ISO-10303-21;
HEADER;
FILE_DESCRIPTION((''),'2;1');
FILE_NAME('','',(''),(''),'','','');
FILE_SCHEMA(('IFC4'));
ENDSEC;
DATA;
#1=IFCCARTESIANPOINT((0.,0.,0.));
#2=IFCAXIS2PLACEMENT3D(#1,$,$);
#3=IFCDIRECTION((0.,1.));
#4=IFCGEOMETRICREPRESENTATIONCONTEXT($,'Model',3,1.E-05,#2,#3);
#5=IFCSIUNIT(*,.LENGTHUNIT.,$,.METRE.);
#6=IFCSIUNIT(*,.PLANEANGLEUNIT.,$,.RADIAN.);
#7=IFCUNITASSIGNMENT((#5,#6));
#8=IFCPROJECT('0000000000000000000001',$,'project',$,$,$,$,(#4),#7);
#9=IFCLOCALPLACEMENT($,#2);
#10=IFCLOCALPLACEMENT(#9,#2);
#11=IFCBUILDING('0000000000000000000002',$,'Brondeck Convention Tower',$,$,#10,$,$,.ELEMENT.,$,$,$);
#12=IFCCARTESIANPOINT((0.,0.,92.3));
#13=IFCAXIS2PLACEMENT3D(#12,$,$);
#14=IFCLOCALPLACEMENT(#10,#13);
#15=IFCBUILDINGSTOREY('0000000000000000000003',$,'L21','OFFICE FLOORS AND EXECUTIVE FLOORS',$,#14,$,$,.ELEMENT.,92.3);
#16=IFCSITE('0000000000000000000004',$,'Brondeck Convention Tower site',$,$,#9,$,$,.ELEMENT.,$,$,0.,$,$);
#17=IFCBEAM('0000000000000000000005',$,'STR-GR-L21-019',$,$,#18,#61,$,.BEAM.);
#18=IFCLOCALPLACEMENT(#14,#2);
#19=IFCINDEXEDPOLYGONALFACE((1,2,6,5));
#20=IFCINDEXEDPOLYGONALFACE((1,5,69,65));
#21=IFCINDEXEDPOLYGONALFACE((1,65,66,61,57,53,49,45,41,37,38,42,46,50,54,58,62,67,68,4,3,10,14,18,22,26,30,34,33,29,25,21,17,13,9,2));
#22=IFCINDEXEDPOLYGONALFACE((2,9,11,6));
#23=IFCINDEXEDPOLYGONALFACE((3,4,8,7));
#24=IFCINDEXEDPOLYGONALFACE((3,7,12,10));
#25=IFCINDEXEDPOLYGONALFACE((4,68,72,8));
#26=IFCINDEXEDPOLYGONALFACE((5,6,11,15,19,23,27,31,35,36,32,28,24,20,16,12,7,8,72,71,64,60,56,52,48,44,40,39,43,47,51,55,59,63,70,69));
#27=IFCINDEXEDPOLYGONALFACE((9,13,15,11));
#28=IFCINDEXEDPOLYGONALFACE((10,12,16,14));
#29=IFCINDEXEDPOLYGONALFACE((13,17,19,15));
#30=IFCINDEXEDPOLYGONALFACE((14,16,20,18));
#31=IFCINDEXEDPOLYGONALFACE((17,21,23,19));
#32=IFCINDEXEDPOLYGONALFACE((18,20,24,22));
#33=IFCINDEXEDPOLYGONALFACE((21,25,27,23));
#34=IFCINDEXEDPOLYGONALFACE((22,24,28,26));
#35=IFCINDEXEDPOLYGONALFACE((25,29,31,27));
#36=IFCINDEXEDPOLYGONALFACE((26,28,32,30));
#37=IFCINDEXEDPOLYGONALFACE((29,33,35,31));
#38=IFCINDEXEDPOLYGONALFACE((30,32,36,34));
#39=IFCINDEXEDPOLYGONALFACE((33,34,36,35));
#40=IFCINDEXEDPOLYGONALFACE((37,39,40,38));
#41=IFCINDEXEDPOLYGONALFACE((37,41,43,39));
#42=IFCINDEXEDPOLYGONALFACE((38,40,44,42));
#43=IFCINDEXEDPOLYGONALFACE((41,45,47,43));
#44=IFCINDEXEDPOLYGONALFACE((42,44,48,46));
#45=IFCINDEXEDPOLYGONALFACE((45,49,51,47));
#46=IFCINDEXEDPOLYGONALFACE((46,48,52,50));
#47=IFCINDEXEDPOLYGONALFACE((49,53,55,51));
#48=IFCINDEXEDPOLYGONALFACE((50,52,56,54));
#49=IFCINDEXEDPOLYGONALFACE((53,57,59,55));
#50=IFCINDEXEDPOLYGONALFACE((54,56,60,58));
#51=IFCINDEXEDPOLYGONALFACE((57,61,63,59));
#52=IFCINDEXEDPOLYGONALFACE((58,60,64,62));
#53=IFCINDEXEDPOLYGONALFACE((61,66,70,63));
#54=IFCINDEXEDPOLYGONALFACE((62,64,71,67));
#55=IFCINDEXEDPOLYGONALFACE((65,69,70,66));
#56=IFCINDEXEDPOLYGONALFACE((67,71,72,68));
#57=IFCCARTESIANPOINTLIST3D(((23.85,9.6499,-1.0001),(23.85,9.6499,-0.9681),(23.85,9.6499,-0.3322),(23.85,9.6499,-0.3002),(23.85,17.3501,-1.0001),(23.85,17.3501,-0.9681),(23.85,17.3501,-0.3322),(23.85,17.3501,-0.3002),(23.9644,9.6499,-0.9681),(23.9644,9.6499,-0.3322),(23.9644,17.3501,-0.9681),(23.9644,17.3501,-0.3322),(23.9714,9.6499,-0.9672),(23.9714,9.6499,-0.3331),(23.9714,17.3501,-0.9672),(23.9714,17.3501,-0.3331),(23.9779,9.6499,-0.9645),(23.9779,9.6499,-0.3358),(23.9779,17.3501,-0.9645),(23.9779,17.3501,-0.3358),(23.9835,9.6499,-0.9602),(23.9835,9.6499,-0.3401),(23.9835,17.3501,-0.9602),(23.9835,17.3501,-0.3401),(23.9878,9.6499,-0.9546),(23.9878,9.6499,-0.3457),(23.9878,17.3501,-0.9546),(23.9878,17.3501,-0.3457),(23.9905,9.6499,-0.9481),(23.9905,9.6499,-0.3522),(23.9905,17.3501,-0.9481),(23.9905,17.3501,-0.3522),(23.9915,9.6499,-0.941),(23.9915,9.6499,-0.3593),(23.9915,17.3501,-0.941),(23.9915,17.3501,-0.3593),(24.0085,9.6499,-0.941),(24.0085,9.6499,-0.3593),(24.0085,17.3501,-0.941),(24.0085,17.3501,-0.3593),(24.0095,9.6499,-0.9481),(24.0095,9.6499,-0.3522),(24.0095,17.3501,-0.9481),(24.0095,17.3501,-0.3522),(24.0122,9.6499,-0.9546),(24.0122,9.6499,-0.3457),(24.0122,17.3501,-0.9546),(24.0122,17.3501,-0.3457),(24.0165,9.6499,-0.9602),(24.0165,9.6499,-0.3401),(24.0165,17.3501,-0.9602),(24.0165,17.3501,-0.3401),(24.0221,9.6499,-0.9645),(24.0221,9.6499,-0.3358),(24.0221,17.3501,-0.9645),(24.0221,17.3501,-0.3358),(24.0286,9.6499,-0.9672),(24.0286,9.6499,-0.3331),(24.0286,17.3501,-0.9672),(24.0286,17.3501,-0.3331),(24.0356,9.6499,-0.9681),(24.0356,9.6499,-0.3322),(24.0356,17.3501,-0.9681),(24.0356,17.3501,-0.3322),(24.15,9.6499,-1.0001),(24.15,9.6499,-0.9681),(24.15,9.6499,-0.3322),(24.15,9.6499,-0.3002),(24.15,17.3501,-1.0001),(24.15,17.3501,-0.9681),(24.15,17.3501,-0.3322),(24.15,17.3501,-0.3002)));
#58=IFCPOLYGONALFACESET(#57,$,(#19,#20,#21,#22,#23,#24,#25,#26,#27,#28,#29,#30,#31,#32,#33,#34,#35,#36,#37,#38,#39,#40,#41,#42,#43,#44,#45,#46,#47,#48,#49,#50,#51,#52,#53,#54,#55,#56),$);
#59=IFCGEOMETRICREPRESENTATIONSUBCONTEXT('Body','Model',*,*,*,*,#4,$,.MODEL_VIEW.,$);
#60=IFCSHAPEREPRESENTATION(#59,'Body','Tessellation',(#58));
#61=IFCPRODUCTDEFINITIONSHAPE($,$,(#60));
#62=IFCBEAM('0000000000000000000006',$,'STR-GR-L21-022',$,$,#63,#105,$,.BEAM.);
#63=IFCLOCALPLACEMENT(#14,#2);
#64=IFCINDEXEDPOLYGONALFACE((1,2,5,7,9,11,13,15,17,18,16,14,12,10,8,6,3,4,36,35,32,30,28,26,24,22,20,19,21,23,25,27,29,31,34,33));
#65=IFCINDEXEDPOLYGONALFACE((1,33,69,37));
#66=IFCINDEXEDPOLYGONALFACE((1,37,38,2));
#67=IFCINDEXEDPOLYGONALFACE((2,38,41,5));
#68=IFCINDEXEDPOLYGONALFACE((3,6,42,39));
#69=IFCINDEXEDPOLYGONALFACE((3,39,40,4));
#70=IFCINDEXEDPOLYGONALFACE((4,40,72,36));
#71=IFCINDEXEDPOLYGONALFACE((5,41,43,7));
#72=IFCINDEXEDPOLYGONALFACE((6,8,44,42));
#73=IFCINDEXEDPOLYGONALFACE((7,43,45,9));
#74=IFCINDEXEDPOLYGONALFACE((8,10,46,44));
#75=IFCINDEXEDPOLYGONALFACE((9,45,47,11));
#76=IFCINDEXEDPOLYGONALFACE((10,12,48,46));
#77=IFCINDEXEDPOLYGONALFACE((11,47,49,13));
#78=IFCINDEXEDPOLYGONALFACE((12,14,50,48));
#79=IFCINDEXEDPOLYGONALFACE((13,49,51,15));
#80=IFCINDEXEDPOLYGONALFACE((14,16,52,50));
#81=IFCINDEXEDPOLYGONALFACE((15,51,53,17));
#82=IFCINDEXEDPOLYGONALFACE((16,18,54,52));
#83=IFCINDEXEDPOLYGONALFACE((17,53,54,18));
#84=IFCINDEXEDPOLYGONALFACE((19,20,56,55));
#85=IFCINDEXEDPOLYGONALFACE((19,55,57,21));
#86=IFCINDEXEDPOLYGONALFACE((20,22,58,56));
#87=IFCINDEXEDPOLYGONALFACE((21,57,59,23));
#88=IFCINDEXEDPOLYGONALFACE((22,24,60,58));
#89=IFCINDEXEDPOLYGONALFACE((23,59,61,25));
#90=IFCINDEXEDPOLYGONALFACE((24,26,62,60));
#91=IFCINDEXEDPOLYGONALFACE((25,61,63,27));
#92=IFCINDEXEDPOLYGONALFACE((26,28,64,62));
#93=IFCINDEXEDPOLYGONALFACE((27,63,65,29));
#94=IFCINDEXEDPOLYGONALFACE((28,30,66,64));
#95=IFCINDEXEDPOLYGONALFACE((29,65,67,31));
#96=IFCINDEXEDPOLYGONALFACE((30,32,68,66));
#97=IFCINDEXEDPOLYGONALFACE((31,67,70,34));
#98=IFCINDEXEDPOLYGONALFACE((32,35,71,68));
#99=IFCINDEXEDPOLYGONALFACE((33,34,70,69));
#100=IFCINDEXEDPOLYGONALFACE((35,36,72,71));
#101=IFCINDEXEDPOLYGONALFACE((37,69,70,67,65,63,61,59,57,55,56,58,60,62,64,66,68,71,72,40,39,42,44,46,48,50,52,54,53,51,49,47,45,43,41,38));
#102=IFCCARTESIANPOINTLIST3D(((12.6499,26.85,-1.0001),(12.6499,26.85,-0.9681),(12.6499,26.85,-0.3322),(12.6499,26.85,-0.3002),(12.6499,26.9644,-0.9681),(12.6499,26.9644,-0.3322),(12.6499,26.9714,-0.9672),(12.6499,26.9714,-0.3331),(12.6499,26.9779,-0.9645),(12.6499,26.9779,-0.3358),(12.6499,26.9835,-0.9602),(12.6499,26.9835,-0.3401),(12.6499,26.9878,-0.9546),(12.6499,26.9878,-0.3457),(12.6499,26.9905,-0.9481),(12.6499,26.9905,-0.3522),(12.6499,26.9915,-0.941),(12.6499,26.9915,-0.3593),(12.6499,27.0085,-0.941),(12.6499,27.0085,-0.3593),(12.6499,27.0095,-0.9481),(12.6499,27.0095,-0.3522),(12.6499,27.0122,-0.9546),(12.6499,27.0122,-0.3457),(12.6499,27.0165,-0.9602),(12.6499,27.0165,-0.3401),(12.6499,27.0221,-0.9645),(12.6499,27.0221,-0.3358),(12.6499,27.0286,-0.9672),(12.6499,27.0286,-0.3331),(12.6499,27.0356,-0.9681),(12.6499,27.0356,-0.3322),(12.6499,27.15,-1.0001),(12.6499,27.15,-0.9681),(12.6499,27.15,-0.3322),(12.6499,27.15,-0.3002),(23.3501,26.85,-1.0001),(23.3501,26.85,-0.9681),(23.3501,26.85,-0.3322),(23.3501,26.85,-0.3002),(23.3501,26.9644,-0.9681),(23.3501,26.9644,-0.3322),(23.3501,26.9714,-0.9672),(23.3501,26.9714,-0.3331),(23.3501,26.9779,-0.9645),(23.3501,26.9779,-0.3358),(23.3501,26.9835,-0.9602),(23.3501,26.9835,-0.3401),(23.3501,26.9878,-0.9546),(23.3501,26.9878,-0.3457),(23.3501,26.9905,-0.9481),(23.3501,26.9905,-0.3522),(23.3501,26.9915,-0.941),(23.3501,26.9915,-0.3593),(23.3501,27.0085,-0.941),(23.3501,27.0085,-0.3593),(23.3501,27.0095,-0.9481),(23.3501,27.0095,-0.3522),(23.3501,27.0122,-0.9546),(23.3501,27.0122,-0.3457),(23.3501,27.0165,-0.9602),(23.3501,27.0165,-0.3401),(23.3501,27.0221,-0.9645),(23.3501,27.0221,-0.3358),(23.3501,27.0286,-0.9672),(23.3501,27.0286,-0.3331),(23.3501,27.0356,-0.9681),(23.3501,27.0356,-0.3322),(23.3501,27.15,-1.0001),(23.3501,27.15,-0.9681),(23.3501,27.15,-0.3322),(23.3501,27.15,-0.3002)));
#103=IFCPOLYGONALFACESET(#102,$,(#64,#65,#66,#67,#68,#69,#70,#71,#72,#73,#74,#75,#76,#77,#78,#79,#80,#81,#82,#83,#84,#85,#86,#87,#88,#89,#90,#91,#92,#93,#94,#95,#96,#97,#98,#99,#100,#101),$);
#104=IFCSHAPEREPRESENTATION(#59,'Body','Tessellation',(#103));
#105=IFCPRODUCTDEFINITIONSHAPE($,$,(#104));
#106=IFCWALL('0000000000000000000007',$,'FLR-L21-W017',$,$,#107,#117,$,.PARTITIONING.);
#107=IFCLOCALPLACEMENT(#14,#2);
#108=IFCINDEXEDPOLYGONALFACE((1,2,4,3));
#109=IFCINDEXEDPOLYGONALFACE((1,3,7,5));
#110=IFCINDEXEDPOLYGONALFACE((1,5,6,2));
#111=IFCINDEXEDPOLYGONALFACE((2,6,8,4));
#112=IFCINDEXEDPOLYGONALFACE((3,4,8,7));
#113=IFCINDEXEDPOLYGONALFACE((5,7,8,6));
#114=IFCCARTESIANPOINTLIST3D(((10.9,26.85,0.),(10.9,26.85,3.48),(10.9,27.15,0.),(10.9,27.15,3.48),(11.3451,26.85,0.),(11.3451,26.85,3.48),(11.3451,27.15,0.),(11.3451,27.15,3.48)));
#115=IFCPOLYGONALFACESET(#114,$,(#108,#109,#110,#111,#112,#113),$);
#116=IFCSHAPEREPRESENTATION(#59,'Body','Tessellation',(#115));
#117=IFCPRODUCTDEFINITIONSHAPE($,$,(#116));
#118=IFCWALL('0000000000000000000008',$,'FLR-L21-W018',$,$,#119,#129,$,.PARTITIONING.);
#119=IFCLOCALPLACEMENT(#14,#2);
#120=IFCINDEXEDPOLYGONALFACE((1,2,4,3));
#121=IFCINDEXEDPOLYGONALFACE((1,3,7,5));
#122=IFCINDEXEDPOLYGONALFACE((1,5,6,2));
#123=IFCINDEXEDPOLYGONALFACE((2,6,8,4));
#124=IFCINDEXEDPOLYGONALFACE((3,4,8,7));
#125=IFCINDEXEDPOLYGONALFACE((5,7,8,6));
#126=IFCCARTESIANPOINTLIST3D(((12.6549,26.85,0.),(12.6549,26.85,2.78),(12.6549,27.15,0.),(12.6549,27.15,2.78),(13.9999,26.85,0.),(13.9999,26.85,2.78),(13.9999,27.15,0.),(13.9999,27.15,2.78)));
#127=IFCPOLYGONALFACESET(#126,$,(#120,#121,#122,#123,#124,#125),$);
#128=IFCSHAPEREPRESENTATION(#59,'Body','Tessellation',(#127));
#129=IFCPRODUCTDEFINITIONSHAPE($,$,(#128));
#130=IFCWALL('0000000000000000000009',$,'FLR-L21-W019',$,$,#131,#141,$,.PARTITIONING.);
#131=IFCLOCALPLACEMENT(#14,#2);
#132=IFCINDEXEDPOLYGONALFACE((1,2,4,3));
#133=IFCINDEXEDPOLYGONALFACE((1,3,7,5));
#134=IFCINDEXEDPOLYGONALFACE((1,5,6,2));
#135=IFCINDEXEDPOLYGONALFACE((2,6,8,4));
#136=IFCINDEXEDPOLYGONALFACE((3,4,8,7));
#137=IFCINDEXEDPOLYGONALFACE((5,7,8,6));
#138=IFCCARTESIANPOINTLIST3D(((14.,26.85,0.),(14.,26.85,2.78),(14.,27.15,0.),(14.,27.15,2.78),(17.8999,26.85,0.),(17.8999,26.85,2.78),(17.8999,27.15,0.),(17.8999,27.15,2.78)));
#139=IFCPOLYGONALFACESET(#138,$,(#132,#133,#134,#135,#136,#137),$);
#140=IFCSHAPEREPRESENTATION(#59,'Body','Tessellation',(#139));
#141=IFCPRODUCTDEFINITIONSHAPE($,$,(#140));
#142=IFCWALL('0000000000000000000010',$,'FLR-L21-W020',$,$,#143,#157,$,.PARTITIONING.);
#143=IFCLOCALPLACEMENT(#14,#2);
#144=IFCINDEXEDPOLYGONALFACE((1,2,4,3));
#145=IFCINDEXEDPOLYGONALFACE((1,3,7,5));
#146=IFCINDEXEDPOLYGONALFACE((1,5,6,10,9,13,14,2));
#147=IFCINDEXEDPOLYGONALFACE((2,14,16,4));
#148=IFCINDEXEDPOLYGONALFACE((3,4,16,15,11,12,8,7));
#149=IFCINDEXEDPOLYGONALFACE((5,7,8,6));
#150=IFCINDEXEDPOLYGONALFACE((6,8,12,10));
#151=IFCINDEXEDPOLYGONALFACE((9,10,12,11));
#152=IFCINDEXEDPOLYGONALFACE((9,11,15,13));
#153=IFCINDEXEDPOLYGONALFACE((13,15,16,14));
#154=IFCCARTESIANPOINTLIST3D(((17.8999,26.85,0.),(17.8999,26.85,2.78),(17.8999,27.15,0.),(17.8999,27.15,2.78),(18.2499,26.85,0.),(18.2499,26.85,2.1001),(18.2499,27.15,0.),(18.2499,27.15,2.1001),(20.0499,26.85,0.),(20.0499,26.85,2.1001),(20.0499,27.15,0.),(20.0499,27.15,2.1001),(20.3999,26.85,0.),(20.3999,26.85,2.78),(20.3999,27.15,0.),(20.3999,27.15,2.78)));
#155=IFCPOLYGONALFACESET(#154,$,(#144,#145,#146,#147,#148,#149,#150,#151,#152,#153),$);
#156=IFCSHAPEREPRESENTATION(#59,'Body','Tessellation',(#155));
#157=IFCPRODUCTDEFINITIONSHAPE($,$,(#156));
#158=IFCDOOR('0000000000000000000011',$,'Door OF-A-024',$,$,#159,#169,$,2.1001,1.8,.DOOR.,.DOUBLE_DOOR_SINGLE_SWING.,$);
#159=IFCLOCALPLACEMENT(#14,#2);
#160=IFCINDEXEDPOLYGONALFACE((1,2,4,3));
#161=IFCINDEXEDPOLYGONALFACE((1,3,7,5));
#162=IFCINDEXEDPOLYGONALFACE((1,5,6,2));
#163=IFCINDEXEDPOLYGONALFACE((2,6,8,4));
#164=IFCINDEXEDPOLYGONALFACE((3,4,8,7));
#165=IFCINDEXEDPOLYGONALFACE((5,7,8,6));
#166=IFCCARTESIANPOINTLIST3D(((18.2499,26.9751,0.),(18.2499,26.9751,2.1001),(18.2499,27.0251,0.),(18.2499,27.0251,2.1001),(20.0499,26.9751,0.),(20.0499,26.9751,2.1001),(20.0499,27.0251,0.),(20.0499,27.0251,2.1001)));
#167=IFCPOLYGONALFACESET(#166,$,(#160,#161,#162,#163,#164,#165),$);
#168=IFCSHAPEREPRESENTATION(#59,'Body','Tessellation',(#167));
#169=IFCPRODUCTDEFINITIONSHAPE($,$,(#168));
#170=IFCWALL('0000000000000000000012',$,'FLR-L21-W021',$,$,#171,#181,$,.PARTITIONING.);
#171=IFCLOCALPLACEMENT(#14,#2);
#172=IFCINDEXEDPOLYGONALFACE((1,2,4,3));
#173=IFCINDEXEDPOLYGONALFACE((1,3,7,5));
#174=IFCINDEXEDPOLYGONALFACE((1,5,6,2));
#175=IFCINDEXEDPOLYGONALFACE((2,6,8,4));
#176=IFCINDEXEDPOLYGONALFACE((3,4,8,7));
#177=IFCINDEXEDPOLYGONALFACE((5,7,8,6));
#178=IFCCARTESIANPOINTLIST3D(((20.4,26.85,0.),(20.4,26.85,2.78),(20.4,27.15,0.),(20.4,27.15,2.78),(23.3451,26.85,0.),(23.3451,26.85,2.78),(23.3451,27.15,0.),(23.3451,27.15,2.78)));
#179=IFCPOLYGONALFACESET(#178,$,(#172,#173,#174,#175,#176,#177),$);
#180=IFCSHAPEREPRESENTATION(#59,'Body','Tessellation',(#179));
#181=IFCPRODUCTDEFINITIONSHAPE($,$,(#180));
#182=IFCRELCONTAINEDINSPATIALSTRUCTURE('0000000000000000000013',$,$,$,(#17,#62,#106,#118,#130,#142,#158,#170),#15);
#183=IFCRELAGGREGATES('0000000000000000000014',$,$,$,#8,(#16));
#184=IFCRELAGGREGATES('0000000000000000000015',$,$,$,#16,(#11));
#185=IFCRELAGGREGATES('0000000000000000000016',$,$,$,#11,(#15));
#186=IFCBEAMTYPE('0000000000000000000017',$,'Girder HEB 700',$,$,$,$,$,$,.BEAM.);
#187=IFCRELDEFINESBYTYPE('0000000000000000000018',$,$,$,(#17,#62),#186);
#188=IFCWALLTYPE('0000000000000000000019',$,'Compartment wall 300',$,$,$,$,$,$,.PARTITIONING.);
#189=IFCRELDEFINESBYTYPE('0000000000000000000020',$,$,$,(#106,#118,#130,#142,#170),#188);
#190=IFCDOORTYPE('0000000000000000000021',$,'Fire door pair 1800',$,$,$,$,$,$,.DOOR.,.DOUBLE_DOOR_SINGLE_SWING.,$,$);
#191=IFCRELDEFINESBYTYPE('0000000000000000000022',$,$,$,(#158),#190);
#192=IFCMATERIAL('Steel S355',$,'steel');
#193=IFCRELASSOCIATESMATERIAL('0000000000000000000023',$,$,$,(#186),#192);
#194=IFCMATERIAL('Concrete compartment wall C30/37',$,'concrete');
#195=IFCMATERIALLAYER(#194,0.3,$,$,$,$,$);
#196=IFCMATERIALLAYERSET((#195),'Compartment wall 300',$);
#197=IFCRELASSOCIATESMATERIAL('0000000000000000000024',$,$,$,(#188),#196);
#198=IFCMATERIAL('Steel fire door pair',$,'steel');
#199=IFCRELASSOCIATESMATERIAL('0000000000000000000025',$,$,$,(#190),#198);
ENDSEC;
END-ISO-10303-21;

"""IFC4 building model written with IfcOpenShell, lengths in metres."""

from ifc_helpers import new_model, si_unit, direction, frame, frame_2d, origin, origin_2d, place, context, subcontext, project, spatial, rectangle, i_section, extrude, material, layer, layer_set, material_profile, profile_set, type_object, element, fill, save


model = new_model("IFC4")

# Units and contexts
model_context = context("Model", 3, precision=1e-05, world=origin(), true_north=direction((0.0, 1.0)))
body_context = subcontext(model_context, "Body", "Model", "MODEL_VIEW")
ifc_project = project(units=[si_unit("LENGTHUNIT", "METRE"), si_unit("PLANEANGLEUNIT", "RADIAN")], contexts=[model_context])

# Site, building, storey
site_placement = place(None, origin())
site = spatial("IfcSite", under=ifc_project, at=site_placement, Name="Brondeck Convention Tower site", CompositionType="ELEMENT", RefElevation=0.0)
building_placement = place(site_placement, origin())
building = spatial("IfcBuilding", under=site, at=building_placement, Name="Brondeck Convention Tower", CompositionType="ELEMENT")
storey_placement = place(building_placement, frame((0.0, 0.0, 92.3)))
storey = spatial("IfcBuildingStorey", under=building, at=storey_placement, Name="L21", Description="OFFICE FLOORS AND EXECUTIVE FLOORS", CompositionType="ELEMENT", Elevation=92.3)

# Beams
ifc_material_1 = material(Name="Steel S355", Category="steel")
ifc_material_profile_1 = material_profile(ifc_material_1, i_section(OverallWidth=0.3, OverallDepth=0.7, WebThickness=0.0171, FlangeThickness=0.032, FilletRadius=0.0271, at=origin_2d()), Name="HEB 700")
ifc_profile_set_1 = profile_set([ifc_material_profile_1], Name="Steel S355")
beam_type_1 = type_object("IfcBeamType", Name="Girder HEB 700", PredefinedType="BEAM", material=ifc_profile_set_1)
for number, where, z_axis, x_axis, name in (
    (1, (24.0, 17.3501, -0.6501), (0.0, -1.0, 0.0), (1.0, 0.0, 0.0), "STR-GR-L21-019"),
):
    element("IfcBeam", number, at=place(storey_placement, frame(where, z_axis=z_axis, x_axis=x_axis)), inside=storey, type_object=beam_type_1, Name=name, PredefinedType="BEAM", context=body_context, shape_type="SweptSolid", body=[
        extrude(i_section(OverallWidth=0.3, OverallDepth=0.7, WebThickness=0.0171, FlangeThickness=0.032, FilletRadius=0.0271, at=origin_2d()), origin(), (0.0, 0.0, 1.0), 7.7002),
    ])
beam_1_placement = place(storey_placement, frame((12.6499, 27.0, -0.6501), z_axis=(1.0, 0.0, 0.0), x_axis=(0.0, 1.0, 0.0)))
element("IfcBeam", 2, at=beam_1_placement, inside=storey, type_object=beam_type_1, Name="STR-GR-L21-022", PredefinedType="BEAM", context=body_context, shape_type="SweptSolid", body=[
    extrude(i_section(OverallWidth=0.3, OverallDepth=0.7, WebThickness=0.0171, FlangeThickness=0.032, FilletRadius=0.0271, at=origin_2d()), origin(), (0.0, 0.0, 1.0), 10.7002),
])

# Walls
ifc_material_2 = material(Name="Concrete compartment wall C30/37", Category="concrete")
ifc_layer_1 = layer(ifc_material_2, 0.3)
ifc_layer_set_1 = layer_set([ifc_layer_1], Name="Compartment wall 300")
wall_type_1 = type_object("IfcWallType", Name="Compartment wall 300", PredefinedType="PARTITIONING", material=ifc_layer_set_1)
wall_1_placement = place(storey_placement, frame((10.8999, 27.0, 0.0), z_axis=(0.0, 0.0, 1.0), x_axis=(1.0, 0.0, 0.0)))
element("IfcWall", 3, at=wall_1_placement, inside=storey, type_object=wall_type_1, Name="FLR-L21-W017", PredefinedType="PARTITIONING", context=body_context, shape_type="SweptSolid", body=[
    extrude(rectangle(XDim=0.4451, YDim=0.3, at=frame_2d((0.2227, 0.0))), origin(), (0.0, 0.0, 1.0), 3.48),
])
wall_2_placement = place(storey_placement, frame((12.655, 27.0, 0.0), z_axis=(0.0, 0.0, 1.0), x_axis=(1.0, 0.0, 0.0)))
element("IfcWall", 4, at=wall_2_placement, inside=storey, type_object=wall_type_1, Name="FLR-L21-W018", PredefinedType="PARTITIONING", context=body_context, shape_type="SweptSolid", body=[
    extrude(rectangle(XDim=1.345, YDim=0.3, at=frame_2d((0.6724, 0.0))), origin(), (0.0, 0.0, 1.0), 2.78),
])
wall_3_placement = place(storey_placement, frame((14.0, 27.0, 0.0), z_axis=(0.0, 0.0, 1.0), x_axis=(1.0, 0.0, 0.0)))
element("IfcWall", 5, at=wall_3_placement, inside=storey, type_object=wall_type_1, Name="FLR-L21-W019", PredefinedType="PARTITIONING", context=body_context, shape_type="SweptSolid", body=[
    extrude(rectangle(XDim=3.8999, YDim=0.3, at=frame_2d((1.95, 0.0))), origin(), (0.0, 0.0, 1.0), 2.78),
])

# Wall, opening, door
wall_4_placement = place(storey_placement, frame((20.3999, 27.0, 0.0), z_axis=(0.0, 0.0, 1.0), x_axis=(-1.0, 0.0, 0.0)))
wall_4 = element("IfcWall", 6, at=wall_4_placement, inside=storey, type_object=wall_type_1, Name="FLR-L21-W020", PredefinedType="PARTITIONING", context=body_context, shape_type="SweptSolid", body=[
    extrude(rectangle(XDim=2.5, YDim=0.3, at=frame_2d((1.25, 0.0))), origin(), (0.0, 0.0, 1.0), 2.78),
])
opening_1_placement = place(wall_4_placement, frame((0.3501, 0.0, 0.0)))
opening_1 = element("IfcOpeningElement", 7, at=opening_1_placement, cuts=wall_4, PredefinedType="OPENING", context=body_context, shape_type="SweptSolid", body=[
    extrude(rectangle(XDim=1.8, YDim=2.1001, at=frame_2d((0.8999, 1.05))), frame((0.0, 0.1599, 0.0), z_axis=(0.0, -1.0, 0.0), x_axis=(1.0, 0.0, 0.0)), (0.0, 0.0, 1.0), 0.3201),
])
ifc_material_3 = material(Name="Steel fire door pair", Category="steel")
door_type_1 = type_object("IfcDoorType", Name="Fire door pair 1800", OperationType="DOUBLE_DOOR_SINGLE_SWING", PredefinedType="DOOR", material=ifc_material_3)
door_1_placement = place(opening_1_placement, origin())
door_1 = element("IfcDoor", 8, at=door_1_placement, inside=storey, type_object=door_type_1, Name="Door OF-A-024", OperationType="DOUBLE_DOOR_SINGLE_SWING", OverallHeight=2.1001, OverallWidth=1.8, PredefinedType="DOOR", context=body_context, shape_type="SweptSolid", body=[
    extrude(rectangle(XDim=1.8, YDim=2.1001, at=frame_2d((0.8999, 1.05))), frame((0.0, 0.0249, 0.0), z_axis=(0.0, -1.0, 0.0), x_axis=(1.0, 0.0, 0.0)), (0.0, 0.0, 1.0), 0.05),
])
fill(opening_1, door_1)

# Wall
wall_5_placement = place(storey_placement, frame((20.3999, 27.0, 0.0), z_axis=(0.0, 0.0, 1.0), x_axis=(1.0, 0.0, 0.0)))
element("IfcWall", 9, at=wall_5_placement, inside=storey, type_object=wall_type_1, Name="FLR-L21-W021", PredefinedType="PARTITIONING", context=body_context, shape_type="SweptSolid", body=[
    extrude(rectangle(XDim=2.9451, YDim=0.3, at=frame_2d((1.4727, 0.0))), origin(), (0.0, 0.0, 1.0), 2.78),
])

save(model, "model.ifc")
